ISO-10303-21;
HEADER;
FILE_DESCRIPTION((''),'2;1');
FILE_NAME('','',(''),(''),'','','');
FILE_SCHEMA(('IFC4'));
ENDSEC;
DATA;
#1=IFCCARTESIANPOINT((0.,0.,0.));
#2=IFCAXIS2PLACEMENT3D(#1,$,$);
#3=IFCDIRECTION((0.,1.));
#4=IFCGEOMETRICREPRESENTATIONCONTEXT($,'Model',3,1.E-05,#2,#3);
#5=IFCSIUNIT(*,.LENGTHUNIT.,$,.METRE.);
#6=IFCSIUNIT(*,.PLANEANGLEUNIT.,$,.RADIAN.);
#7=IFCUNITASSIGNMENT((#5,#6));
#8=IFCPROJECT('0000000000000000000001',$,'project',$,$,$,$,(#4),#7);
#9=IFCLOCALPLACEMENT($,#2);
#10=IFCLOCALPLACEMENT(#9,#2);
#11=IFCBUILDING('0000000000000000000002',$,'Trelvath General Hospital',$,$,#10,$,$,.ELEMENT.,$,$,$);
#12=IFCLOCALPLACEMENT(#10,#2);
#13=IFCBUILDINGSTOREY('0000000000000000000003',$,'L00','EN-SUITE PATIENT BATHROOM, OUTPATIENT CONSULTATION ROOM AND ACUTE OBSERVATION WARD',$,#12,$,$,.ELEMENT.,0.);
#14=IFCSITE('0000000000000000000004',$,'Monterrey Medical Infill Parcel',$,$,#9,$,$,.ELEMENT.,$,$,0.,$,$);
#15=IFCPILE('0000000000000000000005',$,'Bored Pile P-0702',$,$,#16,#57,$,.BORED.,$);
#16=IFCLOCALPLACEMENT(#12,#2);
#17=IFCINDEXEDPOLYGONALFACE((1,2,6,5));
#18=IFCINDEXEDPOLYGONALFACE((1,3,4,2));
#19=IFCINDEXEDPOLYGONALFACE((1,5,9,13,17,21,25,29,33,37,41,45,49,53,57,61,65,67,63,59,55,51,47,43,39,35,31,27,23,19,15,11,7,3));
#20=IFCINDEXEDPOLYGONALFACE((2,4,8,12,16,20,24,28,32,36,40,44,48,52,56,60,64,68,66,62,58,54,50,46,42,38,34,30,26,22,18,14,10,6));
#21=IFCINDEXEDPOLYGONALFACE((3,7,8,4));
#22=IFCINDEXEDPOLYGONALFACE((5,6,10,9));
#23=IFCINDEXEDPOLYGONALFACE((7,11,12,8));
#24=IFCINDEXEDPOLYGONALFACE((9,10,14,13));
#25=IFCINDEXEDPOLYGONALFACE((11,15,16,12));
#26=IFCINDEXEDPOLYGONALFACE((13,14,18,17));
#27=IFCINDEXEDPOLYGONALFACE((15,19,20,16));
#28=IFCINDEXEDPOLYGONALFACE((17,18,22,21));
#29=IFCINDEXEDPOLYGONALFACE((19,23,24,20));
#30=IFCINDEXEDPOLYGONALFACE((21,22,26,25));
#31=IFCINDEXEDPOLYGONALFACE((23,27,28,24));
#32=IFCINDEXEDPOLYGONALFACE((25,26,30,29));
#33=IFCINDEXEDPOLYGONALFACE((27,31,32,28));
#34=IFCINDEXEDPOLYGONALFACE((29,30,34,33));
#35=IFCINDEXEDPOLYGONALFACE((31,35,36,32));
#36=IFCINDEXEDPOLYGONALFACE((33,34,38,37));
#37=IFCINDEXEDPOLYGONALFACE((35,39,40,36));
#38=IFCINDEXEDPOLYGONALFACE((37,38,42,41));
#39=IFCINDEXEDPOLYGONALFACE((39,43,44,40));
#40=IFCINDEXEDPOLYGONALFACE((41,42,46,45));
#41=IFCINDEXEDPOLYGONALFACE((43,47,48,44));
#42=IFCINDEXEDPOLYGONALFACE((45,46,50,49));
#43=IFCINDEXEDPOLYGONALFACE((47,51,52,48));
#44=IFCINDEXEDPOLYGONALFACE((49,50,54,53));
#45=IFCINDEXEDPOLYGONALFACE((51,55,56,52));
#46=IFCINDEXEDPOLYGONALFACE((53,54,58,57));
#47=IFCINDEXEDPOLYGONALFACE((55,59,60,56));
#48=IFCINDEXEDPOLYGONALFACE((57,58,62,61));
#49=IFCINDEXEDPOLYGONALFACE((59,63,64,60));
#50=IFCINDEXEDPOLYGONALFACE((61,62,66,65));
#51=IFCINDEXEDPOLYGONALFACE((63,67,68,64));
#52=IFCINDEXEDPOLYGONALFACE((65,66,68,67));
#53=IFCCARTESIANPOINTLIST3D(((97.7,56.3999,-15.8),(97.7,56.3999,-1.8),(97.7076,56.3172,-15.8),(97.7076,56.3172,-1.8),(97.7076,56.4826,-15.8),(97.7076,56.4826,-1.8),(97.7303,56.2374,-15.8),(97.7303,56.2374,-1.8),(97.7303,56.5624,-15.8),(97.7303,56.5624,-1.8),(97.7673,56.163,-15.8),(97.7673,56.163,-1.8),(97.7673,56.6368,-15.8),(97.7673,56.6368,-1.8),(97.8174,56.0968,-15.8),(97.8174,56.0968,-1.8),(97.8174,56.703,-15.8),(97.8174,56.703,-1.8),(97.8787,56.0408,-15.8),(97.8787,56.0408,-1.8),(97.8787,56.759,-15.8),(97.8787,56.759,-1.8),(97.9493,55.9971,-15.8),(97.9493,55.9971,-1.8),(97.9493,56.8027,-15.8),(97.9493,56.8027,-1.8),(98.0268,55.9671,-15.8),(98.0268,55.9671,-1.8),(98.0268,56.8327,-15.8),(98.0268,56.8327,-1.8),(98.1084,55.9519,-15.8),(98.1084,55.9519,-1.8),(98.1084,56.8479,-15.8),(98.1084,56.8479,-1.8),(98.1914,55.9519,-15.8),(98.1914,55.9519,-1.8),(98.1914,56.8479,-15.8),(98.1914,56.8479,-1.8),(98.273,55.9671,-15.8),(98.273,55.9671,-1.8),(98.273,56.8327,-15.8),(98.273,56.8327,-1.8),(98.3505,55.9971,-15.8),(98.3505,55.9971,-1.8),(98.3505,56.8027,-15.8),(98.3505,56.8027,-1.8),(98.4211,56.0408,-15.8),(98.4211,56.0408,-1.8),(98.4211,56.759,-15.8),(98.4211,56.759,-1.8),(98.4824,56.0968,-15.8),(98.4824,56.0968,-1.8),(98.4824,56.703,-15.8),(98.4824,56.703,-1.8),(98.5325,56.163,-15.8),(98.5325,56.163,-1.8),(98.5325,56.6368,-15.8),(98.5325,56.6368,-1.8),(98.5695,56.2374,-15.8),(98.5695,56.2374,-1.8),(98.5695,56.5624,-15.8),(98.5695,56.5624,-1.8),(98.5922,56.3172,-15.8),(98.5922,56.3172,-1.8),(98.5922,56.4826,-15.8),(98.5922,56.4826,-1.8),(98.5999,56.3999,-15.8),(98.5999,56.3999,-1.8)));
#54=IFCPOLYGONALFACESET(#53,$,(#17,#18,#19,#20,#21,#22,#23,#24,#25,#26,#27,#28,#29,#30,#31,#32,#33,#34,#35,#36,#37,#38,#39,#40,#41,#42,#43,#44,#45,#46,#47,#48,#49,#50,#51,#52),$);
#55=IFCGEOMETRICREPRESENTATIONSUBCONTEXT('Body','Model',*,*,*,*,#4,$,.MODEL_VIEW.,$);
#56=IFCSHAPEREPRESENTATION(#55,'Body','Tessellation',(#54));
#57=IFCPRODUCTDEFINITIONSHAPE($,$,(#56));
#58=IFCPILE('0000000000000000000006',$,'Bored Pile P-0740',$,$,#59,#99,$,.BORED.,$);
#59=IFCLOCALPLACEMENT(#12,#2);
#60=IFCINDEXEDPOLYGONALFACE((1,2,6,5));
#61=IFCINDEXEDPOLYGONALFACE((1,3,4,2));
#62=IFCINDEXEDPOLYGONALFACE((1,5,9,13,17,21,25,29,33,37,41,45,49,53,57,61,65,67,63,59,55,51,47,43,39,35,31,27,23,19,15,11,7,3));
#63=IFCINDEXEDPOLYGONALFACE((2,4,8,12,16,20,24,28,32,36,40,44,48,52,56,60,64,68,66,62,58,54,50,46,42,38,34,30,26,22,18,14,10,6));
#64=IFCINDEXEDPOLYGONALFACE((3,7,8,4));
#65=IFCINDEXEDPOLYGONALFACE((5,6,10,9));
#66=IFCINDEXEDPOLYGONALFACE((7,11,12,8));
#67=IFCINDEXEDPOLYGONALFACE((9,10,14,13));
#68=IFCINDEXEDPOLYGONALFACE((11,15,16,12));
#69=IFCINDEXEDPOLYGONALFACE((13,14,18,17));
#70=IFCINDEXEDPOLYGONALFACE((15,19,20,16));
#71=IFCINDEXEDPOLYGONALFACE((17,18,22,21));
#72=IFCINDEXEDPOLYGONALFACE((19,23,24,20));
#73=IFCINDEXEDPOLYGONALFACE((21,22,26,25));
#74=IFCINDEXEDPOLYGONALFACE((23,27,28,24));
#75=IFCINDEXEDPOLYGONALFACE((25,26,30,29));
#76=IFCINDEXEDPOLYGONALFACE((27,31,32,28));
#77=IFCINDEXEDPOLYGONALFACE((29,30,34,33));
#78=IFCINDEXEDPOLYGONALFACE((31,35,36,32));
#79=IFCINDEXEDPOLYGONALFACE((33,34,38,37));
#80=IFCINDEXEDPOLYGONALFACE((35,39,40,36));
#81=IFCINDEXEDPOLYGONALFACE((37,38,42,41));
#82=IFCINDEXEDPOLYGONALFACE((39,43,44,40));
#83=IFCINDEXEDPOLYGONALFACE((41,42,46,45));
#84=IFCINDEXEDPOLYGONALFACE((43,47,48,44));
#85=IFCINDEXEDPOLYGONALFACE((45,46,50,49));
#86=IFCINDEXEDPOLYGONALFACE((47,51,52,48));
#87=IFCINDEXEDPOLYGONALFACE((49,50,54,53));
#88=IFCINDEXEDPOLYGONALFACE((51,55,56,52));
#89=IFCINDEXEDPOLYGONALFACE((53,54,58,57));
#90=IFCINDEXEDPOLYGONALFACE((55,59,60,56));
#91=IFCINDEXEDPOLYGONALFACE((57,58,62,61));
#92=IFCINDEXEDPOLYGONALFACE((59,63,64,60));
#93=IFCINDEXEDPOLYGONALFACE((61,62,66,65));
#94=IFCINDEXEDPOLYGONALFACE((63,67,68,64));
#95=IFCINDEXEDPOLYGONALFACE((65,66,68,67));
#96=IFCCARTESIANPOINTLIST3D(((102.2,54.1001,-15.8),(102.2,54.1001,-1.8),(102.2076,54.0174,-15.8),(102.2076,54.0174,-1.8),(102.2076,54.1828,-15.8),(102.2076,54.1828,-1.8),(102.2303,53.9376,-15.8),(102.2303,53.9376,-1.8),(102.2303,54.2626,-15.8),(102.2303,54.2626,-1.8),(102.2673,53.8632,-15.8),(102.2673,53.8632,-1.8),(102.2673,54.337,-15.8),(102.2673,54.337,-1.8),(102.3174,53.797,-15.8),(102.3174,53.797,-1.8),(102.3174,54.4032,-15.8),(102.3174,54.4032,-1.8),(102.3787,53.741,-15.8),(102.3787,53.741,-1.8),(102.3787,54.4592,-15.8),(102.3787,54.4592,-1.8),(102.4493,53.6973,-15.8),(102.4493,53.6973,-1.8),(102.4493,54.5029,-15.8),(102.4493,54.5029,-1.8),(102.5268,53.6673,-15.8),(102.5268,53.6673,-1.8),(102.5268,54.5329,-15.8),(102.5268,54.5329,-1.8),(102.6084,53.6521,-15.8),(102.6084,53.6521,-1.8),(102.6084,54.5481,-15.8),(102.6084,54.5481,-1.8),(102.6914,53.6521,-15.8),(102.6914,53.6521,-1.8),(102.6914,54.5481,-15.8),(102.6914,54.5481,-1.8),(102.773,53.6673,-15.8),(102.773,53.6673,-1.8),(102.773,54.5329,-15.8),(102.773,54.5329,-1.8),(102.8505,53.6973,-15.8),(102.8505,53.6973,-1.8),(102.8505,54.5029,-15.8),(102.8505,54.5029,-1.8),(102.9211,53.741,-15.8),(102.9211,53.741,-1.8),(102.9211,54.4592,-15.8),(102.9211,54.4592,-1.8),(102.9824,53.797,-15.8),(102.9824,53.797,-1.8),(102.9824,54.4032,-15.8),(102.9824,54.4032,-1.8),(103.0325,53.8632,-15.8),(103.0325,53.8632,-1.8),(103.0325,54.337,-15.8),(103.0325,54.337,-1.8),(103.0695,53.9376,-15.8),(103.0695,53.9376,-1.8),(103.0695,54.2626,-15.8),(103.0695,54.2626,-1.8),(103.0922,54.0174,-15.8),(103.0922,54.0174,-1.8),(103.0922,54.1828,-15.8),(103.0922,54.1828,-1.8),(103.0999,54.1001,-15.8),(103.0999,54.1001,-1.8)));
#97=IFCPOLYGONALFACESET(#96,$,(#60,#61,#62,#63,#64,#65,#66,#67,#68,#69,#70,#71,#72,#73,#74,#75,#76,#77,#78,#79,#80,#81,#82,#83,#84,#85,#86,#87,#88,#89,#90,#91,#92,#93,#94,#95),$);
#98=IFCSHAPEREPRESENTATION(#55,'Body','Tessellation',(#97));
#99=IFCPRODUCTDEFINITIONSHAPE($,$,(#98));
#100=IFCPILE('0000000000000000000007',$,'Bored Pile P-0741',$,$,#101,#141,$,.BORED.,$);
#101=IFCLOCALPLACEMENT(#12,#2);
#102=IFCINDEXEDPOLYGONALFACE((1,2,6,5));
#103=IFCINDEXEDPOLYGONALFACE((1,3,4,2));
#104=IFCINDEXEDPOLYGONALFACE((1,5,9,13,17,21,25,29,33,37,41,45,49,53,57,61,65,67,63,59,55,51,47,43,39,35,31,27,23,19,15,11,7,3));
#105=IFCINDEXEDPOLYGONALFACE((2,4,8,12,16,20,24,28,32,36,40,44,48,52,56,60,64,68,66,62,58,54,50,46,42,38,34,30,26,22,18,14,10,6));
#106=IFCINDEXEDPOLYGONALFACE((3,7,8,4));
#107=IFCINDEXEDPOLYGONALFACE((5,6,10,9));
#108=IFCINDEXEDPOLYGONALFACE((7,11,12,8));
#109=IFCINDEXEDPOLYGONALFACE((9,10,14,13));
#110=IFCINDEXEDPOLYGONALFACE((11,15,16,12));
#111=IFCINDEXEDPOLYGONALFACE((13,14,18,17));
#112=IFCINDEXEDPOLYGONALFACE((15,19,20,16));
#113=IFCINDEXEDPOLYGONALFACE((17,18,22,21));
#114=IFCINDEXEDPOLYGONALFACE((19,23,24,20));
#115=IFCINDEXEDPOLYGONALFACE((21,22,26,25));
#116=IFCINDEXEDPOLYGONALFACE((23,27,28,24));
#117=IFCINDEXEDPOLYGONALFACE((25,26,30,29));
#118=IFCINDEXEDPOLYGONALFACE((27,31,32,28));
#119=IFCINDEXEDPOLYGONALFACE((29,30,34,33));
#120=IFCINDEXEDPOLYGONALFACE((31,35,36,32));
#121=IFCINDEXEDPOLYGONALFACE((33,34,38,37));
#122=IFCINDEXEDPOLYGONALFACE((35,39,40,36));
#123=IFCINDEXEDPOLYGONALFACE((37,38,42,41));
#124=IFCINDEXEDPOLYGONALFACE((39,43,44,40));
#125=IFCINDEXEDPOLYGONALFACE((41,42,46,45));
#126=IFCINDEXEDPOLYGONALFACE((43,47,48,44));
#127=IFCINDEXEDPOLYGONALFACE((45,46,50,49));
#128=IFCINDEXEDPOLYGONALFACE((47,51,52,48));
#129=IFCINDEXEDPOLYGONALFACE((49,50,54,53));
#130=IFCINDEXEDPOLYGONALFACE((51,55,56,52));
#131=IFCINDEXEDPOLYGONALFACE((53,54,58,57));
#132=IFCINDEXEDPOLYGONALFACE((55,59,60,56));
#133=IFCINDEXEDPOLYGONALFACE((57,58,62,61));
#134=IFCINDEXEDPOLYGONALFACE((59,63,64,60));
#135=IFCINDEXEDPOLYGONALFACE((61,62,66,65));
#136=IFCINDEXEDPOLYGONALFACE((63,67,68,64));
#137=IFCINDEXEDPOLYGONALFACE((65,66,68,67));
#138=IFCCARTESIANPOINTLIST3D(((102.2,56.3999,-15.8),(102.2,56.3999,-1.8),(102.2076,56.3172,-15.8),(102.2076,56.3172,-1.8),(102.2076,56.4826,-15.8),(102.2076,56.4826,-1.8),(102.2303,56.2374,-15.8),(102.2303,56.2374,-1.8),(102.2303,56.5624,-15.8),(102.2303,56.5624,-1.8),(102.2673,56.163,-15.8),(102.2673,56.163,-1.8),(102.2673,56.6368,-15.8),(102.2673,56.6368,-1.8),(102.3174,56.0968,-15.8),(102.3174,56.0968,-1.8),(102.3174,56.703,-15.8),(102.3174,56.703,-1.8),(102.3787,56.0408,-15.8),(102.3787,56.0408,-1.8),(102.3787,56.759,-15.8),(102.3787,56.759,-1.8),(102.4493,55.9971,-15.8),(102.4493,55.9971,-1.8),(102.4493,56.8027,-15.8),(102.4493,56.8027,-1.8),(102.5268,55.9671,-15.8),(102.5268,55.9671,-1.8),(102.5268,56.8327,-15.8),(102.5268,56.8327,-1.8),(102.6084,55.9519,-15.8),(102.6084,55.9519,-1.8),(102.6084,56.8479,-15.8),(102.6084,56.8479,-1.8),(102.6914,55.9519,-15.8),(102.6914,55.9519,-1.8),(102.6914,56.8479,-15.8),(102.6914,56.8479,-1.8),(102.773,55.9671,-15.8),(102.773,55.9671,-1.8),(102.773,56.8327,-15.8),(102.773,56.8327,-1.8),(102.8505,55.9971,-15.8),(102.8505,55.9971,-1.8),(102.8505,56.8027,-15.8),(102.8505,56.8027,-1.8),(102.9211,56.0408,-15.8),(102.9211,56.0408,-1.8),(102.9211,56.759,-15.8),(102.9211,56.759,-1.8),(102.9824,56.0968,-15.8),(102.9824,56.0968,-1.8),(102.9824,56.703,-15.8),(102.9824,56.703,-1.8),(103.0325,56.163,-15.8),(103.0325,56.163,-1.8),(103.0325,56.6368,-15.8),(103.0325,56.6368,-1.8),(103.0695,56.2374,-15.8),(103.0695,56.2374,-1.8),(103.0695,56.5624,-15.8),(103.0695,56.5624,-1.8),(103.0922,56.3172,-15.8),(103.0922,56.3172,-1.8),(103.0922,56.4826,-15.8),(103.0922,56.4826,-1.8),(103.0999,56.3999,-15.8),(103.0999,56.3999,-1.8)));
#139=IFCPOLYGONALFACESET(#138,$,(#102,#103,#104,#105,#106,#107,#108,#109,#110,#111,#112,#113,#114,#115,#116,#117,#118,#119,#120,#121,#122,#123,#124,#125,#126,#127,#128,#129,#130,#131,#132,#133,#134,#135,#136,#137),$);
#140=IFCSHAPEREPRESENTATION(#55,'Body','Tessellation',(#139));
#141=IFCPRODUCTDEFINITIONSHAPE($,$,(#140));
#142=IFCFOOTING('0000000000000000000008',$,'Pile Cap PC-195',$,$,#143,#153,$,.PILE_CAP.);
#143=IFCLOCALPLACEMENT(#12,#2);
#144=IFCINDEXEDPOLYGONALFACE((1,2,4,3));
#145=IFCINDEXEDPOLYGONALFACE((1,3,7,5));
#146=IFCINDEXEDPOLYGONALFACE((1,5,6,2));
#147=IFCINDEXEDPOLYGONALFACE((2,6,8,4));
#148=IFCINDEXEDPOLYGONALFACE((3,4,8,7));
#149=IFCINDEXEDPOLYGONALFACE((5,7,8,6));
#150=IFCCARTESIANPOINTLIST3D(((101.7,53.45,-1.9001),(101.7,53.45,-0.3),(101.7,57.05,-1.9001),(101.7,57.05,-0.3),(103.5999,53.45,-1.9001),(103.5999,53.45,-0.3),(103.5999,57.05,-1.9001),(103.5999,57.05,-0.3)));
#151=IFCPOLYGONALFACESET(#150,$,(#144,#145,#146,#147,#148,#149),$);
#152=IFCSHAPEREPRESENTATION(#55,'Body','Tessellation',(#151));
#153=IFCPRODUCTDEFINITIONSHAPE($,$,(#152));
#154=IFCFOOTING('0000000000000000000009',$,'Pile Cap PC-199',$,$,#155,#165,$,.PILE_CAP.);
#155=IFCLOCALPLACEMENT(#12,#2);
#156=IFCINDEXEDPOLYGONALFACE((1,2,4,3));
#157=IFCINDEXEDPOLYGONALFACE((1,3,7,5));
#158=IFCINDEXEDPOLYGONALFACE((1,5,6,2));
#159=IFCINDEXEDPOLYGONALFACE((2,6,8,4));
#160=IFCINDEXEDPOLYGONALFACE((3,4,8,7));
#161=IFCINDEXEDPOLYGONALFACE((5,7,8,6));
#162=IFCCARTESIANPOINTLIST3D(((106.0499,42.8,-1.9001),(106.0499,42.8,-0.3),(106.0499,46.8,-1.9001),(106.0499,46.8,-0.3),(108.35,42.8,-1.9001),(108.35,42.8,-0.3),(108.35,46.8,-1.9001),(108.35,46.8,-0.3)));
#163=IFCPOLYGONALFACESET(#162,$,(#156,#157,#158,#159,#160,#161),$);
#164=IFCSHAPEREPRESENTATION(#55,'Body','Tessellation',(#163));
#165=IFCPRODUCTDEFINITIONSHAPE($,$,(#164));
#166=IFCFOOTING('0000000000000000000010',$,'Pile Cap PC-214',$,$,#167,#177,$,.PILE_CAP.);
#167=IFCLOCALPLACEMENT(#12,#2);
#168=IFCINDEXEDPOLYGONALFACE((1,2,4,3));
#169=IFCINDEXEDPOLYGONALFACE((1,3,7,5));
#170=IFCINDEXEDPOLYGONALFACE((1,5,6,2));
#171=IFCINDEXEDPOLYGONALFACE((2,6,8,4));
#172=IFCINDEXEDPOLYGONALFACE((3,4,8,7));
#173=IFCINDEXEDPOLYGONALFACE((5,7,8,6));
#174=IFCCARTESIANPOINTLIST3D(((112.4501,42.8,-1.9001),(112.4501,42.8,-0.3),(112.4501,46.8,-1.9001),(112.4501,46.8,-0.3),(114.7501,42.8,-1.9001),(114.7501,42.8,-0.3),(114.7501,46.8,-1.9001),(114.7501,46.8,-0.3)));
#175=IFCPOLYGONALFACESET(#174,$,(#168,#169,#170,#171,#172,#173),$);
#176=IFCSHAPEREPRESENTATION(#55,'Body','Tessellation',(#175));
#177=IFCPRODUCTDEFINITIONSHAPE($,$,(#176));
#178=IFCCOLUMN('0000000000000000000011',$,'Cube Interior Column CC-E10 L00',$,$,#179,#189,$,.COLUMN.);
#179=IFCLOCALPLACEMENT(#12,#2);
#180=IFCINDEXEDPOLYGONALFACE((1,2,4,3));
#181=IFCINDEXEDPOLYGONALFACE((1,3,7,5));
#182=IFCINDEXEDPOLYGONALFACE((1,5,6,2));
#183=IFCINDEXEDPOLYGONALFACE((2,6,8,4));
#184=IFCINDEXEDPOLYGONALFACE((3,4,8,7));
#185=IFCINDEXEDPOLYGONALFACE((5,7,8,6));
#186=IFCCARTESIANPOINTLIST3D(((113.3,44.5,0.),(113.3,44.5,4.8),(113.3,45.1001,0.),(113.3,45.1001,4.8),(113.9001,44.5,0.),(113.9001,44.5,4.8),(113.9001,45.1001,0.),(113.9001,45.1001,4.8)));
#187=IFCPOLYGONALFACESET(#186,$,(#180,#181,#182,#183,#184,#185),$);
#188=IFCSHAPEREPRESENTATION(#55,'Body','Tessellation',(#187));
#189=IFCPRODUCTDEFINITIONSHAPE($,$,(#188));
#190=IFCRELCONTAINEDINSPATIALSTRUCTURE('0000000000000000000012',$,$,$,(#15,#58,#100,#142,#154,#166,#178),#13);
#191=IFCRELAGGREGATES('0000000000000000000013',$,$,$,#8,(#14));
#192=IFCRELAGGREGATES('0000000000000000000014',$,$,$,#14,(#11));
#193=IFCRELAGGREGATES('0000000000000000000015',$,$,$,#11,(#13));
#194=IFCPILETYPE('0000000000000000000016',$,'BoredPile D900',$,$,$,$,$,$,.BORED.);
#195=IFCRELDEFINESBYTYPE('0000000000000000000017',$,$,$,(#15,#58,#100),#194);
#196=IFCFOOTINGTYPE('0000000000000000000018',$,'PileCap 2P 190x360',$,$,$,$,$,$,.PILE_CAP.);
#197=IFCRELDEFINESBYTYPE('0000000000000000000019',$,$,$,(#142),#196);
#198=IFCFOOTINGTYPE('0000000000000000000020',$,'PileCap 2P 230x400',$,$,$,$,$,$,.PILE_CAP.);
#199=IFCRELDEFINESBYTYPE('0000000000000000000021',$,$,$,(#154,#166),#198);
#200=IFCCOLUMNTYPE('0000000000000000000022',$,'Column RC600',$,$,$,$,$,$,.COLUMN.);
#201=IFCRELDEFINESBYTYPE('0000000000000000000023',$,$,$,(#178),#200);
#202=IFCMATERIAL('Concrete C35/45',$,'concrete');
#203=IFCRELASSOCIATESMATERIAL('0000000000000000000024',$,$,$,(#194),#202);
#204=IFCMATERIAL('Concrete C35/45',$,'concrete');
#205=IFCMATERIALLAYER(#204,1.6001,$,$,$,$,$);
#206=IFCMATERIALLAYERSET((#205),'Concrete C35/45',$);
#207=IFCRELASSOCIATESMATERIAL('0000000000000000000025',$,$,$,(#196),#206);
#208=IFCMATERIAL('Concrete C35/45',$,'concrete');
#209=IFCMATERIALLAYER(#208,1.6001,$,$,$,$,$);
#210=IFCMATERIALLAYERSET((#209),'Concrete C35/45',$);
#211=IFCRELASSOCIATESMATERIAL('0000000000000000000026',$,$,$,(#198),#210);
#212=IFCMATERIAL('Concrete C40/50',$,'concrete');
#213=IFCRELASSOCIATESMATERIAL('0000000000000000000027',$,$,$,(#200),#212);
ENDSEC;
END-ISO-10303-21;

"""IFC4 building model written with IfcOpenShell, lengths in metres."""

from ifc_helpers import new_model, si_unit, direction, frame, origin, origin_2d, place, context, subcontext, project, spatial, rectangle, circle, extrude, material, layer, layer_set, material_profile, profile_set, type_object, element, save


model = new_model("IFC4")

# Units and contexts
model_context = context("Model", 3, precision=1e-05, world=origin(), true_north=direction((0.0, 1.0)))
body_context = subcontext(model_context, "Body", "Model", "MODEL_VIEW")
ifc_project = project(units=[si_unit("LENGTHUNIT", "METRE"), si_unit("PLANEANGLEUNIT", "RADIAN")], contexts=[model_context])

# Site, building, storey
site_placement = place(None, origin())
site = spatial("IfcSite", under=ifc_project, at=site_placement, Name="Monterrey Medical Infill Parcel", CompositionType="ELEMENT", RefElevation=0.0)
building_placement = place(site_placement, origin())
building = spatial("IfcBuilding", under=site, at=building_placement, Name="Trelvath General Hospital", CompositionType="ELEMENT")
storey_placement = place(building_placement, origin())
storey = spatial("IfcBuildingStorey", under=building, at=storey_placement, Name="L00", Description="EN-SUITE PATIENT BATHROOM, OUTPATIENT CONSULTATION ROOM AND ACUTE OBSERVATION WARD", CompositionType="ELEMENT", Elevation=0.0)

# Piles
ifc_material_1 = material(Name="Concrete C35/45", Category="concrete")
ifc_material_profile_1 = material_profile(ifc_material_1, circle(Radius=0.45, at=origin_2d()), Name="PILE900")
ifc_profile_set_1 = profile_set([ifc_material_profile_1], Name="Concrete C35/45")
pile_type_1 = type_object("IfcPileType", Name="BoredPile D900", PredefinedType="BORED", material=ifc_profile_set_1)
for number, where, z_axis, x_axis, name in (
    (1, (98.1499, 56.3999, -1.8), (0.0, 0.0, -1.0), (1.0, 0.0, 0.0), "Bored Pile P-0702"),
    (2, (102.6499, 54.1001, -1.8), (0.0, 0.0, -1.0), (1.0, 0.0, 0.0), "Bored Pile P-0740"),
    (3, (102.6499, 56.3999, -1.8), (0.0, 0.0, -1.0), (1.0, 0.0, 0.0), "Bored Pile P-0741"),
):
    element("IfcPile", number, at=place(storey_placement, frame(where, z_axis=z_axis, x_axis=x_axis)), inside=storey, type_object=pile_type_1, Name=name, PredefinedType="BORED", context=body_context, shape_type="SweptSolid", body=[
        extrude(circle(Radius=0.45, at=origin_2d()), origin(), (0.0, 0.0, 1.0), 14.0),
    ])

# Footings
ifc_material_2 = material(Name="Concrete C35/45", Category="concrete")
ifc_layer_1 = layer(ifc_material_2, 1.6001)
ifc_layer_set_1 = layer_set([ifc_layer_1], Name="Concrete C35/45")
footing_type_1 = type_object("IfcFootingType", Name="PileCap 2P 190x360", PredefinedType="PILE_CAP", material=ifc_layer_set_1)
footing_placement = place(storey_placement, frame((102.6499, 55.25, -1.9001), z_axis=(0.0, 0.0, 1.0), x_axis=(1.0, 0.0, 0.0)))
element("IfcFooting", 4, at=footing_placement, inside=storey, type_object=footing_type_1, Name="Pile Cap PC-195", PredefinedType="PILE_CAP", context=body_context, shape_type="SweptSolid", body=[
    extrude(rectangle(XDim=1.8999, YDim=3.6001, at=origin_2d()), origin(), (0.0, 0.0, 1.0), 1.6001),
])
ifc_material_3 = material(Name="Concrete C35/45", Category="concrete")
ifc_layer_2 = layer(ifc_material_3, 1.6001)
ifc_layer_set_2 = layer_set([ifc_layer_2], Name="Concrete C35/45")
footing_type_2 = type_object("IfcFootingType", Name="PileCap 2P 230x400", PredefinedType="PILE_CAP", material=ifc_layer_set_2)
for number, where, z_axis, x_axis, name in (
    (5, (107.2, 44.8, -1.9001), (0.0, 0.0, 1.0), (1.0, 0.0, 0.0), "Pile Cap PC-199"),
    (6, (113.6001, 44.8, -1.9001), (0.0, 0.0, 1.0), (1.0, 0.0, 0.0), "Pile Cap PC-214"),
):
    element("IfcFooting", number, at=place(storey_placement, frame(where, z_axis=z_axis, x_axis=x_axis)), inside=storey, type_object=footing_type_2, Name=name, PredefinedType="PILE_CAP", context=body_context, shape_type="SweptSolid", body=[
        extrude(rectangle(XDim=2.3, YDim=4.0, at=origin_2d()), origin(), (0.0, 0.0, 1.0), 1.6001),
    ])

# Column
ifc_material_4 = material(Name="Concrete C40/50", Category="concrete")
ifc_material_profile_2 = material_profile(ifc_material_4, rectangle(XDim=0.6001, YDim=0.6001, at=origin_2d()), Name="RC600x600")
ifc_profile_set_2 = profile_set([ifc_material_profile_2], Name="Concrete C40/50")
column_type_1 = type_object("IfcColumnType", Name="Column RC600", PredefinedType="COLUMN", material=ifc_profile_set_2)
column_1_placement = place(storey_placement, frame((113.6001, 44.8, 0.0), z_axis=(0.0, 0.0, 1.0), x_axis=(1.0, 0.0, 0.0)))
element("IfcColumn", 7, at=column_1_placement, inside=storey, type_object=column_type_1, Name="Cube Interior Column CC-E10 L00", PredefinedType="COLUMN", context=body_context, shape_type="SweptSolid", body=[
    extrude(rectangle(XDim=0.6001, YDim=0.6001, at=origin_2d()), origin(), (0.0, 0.0, 1.0), 4.8),
])

save(model, "model.ifc")
